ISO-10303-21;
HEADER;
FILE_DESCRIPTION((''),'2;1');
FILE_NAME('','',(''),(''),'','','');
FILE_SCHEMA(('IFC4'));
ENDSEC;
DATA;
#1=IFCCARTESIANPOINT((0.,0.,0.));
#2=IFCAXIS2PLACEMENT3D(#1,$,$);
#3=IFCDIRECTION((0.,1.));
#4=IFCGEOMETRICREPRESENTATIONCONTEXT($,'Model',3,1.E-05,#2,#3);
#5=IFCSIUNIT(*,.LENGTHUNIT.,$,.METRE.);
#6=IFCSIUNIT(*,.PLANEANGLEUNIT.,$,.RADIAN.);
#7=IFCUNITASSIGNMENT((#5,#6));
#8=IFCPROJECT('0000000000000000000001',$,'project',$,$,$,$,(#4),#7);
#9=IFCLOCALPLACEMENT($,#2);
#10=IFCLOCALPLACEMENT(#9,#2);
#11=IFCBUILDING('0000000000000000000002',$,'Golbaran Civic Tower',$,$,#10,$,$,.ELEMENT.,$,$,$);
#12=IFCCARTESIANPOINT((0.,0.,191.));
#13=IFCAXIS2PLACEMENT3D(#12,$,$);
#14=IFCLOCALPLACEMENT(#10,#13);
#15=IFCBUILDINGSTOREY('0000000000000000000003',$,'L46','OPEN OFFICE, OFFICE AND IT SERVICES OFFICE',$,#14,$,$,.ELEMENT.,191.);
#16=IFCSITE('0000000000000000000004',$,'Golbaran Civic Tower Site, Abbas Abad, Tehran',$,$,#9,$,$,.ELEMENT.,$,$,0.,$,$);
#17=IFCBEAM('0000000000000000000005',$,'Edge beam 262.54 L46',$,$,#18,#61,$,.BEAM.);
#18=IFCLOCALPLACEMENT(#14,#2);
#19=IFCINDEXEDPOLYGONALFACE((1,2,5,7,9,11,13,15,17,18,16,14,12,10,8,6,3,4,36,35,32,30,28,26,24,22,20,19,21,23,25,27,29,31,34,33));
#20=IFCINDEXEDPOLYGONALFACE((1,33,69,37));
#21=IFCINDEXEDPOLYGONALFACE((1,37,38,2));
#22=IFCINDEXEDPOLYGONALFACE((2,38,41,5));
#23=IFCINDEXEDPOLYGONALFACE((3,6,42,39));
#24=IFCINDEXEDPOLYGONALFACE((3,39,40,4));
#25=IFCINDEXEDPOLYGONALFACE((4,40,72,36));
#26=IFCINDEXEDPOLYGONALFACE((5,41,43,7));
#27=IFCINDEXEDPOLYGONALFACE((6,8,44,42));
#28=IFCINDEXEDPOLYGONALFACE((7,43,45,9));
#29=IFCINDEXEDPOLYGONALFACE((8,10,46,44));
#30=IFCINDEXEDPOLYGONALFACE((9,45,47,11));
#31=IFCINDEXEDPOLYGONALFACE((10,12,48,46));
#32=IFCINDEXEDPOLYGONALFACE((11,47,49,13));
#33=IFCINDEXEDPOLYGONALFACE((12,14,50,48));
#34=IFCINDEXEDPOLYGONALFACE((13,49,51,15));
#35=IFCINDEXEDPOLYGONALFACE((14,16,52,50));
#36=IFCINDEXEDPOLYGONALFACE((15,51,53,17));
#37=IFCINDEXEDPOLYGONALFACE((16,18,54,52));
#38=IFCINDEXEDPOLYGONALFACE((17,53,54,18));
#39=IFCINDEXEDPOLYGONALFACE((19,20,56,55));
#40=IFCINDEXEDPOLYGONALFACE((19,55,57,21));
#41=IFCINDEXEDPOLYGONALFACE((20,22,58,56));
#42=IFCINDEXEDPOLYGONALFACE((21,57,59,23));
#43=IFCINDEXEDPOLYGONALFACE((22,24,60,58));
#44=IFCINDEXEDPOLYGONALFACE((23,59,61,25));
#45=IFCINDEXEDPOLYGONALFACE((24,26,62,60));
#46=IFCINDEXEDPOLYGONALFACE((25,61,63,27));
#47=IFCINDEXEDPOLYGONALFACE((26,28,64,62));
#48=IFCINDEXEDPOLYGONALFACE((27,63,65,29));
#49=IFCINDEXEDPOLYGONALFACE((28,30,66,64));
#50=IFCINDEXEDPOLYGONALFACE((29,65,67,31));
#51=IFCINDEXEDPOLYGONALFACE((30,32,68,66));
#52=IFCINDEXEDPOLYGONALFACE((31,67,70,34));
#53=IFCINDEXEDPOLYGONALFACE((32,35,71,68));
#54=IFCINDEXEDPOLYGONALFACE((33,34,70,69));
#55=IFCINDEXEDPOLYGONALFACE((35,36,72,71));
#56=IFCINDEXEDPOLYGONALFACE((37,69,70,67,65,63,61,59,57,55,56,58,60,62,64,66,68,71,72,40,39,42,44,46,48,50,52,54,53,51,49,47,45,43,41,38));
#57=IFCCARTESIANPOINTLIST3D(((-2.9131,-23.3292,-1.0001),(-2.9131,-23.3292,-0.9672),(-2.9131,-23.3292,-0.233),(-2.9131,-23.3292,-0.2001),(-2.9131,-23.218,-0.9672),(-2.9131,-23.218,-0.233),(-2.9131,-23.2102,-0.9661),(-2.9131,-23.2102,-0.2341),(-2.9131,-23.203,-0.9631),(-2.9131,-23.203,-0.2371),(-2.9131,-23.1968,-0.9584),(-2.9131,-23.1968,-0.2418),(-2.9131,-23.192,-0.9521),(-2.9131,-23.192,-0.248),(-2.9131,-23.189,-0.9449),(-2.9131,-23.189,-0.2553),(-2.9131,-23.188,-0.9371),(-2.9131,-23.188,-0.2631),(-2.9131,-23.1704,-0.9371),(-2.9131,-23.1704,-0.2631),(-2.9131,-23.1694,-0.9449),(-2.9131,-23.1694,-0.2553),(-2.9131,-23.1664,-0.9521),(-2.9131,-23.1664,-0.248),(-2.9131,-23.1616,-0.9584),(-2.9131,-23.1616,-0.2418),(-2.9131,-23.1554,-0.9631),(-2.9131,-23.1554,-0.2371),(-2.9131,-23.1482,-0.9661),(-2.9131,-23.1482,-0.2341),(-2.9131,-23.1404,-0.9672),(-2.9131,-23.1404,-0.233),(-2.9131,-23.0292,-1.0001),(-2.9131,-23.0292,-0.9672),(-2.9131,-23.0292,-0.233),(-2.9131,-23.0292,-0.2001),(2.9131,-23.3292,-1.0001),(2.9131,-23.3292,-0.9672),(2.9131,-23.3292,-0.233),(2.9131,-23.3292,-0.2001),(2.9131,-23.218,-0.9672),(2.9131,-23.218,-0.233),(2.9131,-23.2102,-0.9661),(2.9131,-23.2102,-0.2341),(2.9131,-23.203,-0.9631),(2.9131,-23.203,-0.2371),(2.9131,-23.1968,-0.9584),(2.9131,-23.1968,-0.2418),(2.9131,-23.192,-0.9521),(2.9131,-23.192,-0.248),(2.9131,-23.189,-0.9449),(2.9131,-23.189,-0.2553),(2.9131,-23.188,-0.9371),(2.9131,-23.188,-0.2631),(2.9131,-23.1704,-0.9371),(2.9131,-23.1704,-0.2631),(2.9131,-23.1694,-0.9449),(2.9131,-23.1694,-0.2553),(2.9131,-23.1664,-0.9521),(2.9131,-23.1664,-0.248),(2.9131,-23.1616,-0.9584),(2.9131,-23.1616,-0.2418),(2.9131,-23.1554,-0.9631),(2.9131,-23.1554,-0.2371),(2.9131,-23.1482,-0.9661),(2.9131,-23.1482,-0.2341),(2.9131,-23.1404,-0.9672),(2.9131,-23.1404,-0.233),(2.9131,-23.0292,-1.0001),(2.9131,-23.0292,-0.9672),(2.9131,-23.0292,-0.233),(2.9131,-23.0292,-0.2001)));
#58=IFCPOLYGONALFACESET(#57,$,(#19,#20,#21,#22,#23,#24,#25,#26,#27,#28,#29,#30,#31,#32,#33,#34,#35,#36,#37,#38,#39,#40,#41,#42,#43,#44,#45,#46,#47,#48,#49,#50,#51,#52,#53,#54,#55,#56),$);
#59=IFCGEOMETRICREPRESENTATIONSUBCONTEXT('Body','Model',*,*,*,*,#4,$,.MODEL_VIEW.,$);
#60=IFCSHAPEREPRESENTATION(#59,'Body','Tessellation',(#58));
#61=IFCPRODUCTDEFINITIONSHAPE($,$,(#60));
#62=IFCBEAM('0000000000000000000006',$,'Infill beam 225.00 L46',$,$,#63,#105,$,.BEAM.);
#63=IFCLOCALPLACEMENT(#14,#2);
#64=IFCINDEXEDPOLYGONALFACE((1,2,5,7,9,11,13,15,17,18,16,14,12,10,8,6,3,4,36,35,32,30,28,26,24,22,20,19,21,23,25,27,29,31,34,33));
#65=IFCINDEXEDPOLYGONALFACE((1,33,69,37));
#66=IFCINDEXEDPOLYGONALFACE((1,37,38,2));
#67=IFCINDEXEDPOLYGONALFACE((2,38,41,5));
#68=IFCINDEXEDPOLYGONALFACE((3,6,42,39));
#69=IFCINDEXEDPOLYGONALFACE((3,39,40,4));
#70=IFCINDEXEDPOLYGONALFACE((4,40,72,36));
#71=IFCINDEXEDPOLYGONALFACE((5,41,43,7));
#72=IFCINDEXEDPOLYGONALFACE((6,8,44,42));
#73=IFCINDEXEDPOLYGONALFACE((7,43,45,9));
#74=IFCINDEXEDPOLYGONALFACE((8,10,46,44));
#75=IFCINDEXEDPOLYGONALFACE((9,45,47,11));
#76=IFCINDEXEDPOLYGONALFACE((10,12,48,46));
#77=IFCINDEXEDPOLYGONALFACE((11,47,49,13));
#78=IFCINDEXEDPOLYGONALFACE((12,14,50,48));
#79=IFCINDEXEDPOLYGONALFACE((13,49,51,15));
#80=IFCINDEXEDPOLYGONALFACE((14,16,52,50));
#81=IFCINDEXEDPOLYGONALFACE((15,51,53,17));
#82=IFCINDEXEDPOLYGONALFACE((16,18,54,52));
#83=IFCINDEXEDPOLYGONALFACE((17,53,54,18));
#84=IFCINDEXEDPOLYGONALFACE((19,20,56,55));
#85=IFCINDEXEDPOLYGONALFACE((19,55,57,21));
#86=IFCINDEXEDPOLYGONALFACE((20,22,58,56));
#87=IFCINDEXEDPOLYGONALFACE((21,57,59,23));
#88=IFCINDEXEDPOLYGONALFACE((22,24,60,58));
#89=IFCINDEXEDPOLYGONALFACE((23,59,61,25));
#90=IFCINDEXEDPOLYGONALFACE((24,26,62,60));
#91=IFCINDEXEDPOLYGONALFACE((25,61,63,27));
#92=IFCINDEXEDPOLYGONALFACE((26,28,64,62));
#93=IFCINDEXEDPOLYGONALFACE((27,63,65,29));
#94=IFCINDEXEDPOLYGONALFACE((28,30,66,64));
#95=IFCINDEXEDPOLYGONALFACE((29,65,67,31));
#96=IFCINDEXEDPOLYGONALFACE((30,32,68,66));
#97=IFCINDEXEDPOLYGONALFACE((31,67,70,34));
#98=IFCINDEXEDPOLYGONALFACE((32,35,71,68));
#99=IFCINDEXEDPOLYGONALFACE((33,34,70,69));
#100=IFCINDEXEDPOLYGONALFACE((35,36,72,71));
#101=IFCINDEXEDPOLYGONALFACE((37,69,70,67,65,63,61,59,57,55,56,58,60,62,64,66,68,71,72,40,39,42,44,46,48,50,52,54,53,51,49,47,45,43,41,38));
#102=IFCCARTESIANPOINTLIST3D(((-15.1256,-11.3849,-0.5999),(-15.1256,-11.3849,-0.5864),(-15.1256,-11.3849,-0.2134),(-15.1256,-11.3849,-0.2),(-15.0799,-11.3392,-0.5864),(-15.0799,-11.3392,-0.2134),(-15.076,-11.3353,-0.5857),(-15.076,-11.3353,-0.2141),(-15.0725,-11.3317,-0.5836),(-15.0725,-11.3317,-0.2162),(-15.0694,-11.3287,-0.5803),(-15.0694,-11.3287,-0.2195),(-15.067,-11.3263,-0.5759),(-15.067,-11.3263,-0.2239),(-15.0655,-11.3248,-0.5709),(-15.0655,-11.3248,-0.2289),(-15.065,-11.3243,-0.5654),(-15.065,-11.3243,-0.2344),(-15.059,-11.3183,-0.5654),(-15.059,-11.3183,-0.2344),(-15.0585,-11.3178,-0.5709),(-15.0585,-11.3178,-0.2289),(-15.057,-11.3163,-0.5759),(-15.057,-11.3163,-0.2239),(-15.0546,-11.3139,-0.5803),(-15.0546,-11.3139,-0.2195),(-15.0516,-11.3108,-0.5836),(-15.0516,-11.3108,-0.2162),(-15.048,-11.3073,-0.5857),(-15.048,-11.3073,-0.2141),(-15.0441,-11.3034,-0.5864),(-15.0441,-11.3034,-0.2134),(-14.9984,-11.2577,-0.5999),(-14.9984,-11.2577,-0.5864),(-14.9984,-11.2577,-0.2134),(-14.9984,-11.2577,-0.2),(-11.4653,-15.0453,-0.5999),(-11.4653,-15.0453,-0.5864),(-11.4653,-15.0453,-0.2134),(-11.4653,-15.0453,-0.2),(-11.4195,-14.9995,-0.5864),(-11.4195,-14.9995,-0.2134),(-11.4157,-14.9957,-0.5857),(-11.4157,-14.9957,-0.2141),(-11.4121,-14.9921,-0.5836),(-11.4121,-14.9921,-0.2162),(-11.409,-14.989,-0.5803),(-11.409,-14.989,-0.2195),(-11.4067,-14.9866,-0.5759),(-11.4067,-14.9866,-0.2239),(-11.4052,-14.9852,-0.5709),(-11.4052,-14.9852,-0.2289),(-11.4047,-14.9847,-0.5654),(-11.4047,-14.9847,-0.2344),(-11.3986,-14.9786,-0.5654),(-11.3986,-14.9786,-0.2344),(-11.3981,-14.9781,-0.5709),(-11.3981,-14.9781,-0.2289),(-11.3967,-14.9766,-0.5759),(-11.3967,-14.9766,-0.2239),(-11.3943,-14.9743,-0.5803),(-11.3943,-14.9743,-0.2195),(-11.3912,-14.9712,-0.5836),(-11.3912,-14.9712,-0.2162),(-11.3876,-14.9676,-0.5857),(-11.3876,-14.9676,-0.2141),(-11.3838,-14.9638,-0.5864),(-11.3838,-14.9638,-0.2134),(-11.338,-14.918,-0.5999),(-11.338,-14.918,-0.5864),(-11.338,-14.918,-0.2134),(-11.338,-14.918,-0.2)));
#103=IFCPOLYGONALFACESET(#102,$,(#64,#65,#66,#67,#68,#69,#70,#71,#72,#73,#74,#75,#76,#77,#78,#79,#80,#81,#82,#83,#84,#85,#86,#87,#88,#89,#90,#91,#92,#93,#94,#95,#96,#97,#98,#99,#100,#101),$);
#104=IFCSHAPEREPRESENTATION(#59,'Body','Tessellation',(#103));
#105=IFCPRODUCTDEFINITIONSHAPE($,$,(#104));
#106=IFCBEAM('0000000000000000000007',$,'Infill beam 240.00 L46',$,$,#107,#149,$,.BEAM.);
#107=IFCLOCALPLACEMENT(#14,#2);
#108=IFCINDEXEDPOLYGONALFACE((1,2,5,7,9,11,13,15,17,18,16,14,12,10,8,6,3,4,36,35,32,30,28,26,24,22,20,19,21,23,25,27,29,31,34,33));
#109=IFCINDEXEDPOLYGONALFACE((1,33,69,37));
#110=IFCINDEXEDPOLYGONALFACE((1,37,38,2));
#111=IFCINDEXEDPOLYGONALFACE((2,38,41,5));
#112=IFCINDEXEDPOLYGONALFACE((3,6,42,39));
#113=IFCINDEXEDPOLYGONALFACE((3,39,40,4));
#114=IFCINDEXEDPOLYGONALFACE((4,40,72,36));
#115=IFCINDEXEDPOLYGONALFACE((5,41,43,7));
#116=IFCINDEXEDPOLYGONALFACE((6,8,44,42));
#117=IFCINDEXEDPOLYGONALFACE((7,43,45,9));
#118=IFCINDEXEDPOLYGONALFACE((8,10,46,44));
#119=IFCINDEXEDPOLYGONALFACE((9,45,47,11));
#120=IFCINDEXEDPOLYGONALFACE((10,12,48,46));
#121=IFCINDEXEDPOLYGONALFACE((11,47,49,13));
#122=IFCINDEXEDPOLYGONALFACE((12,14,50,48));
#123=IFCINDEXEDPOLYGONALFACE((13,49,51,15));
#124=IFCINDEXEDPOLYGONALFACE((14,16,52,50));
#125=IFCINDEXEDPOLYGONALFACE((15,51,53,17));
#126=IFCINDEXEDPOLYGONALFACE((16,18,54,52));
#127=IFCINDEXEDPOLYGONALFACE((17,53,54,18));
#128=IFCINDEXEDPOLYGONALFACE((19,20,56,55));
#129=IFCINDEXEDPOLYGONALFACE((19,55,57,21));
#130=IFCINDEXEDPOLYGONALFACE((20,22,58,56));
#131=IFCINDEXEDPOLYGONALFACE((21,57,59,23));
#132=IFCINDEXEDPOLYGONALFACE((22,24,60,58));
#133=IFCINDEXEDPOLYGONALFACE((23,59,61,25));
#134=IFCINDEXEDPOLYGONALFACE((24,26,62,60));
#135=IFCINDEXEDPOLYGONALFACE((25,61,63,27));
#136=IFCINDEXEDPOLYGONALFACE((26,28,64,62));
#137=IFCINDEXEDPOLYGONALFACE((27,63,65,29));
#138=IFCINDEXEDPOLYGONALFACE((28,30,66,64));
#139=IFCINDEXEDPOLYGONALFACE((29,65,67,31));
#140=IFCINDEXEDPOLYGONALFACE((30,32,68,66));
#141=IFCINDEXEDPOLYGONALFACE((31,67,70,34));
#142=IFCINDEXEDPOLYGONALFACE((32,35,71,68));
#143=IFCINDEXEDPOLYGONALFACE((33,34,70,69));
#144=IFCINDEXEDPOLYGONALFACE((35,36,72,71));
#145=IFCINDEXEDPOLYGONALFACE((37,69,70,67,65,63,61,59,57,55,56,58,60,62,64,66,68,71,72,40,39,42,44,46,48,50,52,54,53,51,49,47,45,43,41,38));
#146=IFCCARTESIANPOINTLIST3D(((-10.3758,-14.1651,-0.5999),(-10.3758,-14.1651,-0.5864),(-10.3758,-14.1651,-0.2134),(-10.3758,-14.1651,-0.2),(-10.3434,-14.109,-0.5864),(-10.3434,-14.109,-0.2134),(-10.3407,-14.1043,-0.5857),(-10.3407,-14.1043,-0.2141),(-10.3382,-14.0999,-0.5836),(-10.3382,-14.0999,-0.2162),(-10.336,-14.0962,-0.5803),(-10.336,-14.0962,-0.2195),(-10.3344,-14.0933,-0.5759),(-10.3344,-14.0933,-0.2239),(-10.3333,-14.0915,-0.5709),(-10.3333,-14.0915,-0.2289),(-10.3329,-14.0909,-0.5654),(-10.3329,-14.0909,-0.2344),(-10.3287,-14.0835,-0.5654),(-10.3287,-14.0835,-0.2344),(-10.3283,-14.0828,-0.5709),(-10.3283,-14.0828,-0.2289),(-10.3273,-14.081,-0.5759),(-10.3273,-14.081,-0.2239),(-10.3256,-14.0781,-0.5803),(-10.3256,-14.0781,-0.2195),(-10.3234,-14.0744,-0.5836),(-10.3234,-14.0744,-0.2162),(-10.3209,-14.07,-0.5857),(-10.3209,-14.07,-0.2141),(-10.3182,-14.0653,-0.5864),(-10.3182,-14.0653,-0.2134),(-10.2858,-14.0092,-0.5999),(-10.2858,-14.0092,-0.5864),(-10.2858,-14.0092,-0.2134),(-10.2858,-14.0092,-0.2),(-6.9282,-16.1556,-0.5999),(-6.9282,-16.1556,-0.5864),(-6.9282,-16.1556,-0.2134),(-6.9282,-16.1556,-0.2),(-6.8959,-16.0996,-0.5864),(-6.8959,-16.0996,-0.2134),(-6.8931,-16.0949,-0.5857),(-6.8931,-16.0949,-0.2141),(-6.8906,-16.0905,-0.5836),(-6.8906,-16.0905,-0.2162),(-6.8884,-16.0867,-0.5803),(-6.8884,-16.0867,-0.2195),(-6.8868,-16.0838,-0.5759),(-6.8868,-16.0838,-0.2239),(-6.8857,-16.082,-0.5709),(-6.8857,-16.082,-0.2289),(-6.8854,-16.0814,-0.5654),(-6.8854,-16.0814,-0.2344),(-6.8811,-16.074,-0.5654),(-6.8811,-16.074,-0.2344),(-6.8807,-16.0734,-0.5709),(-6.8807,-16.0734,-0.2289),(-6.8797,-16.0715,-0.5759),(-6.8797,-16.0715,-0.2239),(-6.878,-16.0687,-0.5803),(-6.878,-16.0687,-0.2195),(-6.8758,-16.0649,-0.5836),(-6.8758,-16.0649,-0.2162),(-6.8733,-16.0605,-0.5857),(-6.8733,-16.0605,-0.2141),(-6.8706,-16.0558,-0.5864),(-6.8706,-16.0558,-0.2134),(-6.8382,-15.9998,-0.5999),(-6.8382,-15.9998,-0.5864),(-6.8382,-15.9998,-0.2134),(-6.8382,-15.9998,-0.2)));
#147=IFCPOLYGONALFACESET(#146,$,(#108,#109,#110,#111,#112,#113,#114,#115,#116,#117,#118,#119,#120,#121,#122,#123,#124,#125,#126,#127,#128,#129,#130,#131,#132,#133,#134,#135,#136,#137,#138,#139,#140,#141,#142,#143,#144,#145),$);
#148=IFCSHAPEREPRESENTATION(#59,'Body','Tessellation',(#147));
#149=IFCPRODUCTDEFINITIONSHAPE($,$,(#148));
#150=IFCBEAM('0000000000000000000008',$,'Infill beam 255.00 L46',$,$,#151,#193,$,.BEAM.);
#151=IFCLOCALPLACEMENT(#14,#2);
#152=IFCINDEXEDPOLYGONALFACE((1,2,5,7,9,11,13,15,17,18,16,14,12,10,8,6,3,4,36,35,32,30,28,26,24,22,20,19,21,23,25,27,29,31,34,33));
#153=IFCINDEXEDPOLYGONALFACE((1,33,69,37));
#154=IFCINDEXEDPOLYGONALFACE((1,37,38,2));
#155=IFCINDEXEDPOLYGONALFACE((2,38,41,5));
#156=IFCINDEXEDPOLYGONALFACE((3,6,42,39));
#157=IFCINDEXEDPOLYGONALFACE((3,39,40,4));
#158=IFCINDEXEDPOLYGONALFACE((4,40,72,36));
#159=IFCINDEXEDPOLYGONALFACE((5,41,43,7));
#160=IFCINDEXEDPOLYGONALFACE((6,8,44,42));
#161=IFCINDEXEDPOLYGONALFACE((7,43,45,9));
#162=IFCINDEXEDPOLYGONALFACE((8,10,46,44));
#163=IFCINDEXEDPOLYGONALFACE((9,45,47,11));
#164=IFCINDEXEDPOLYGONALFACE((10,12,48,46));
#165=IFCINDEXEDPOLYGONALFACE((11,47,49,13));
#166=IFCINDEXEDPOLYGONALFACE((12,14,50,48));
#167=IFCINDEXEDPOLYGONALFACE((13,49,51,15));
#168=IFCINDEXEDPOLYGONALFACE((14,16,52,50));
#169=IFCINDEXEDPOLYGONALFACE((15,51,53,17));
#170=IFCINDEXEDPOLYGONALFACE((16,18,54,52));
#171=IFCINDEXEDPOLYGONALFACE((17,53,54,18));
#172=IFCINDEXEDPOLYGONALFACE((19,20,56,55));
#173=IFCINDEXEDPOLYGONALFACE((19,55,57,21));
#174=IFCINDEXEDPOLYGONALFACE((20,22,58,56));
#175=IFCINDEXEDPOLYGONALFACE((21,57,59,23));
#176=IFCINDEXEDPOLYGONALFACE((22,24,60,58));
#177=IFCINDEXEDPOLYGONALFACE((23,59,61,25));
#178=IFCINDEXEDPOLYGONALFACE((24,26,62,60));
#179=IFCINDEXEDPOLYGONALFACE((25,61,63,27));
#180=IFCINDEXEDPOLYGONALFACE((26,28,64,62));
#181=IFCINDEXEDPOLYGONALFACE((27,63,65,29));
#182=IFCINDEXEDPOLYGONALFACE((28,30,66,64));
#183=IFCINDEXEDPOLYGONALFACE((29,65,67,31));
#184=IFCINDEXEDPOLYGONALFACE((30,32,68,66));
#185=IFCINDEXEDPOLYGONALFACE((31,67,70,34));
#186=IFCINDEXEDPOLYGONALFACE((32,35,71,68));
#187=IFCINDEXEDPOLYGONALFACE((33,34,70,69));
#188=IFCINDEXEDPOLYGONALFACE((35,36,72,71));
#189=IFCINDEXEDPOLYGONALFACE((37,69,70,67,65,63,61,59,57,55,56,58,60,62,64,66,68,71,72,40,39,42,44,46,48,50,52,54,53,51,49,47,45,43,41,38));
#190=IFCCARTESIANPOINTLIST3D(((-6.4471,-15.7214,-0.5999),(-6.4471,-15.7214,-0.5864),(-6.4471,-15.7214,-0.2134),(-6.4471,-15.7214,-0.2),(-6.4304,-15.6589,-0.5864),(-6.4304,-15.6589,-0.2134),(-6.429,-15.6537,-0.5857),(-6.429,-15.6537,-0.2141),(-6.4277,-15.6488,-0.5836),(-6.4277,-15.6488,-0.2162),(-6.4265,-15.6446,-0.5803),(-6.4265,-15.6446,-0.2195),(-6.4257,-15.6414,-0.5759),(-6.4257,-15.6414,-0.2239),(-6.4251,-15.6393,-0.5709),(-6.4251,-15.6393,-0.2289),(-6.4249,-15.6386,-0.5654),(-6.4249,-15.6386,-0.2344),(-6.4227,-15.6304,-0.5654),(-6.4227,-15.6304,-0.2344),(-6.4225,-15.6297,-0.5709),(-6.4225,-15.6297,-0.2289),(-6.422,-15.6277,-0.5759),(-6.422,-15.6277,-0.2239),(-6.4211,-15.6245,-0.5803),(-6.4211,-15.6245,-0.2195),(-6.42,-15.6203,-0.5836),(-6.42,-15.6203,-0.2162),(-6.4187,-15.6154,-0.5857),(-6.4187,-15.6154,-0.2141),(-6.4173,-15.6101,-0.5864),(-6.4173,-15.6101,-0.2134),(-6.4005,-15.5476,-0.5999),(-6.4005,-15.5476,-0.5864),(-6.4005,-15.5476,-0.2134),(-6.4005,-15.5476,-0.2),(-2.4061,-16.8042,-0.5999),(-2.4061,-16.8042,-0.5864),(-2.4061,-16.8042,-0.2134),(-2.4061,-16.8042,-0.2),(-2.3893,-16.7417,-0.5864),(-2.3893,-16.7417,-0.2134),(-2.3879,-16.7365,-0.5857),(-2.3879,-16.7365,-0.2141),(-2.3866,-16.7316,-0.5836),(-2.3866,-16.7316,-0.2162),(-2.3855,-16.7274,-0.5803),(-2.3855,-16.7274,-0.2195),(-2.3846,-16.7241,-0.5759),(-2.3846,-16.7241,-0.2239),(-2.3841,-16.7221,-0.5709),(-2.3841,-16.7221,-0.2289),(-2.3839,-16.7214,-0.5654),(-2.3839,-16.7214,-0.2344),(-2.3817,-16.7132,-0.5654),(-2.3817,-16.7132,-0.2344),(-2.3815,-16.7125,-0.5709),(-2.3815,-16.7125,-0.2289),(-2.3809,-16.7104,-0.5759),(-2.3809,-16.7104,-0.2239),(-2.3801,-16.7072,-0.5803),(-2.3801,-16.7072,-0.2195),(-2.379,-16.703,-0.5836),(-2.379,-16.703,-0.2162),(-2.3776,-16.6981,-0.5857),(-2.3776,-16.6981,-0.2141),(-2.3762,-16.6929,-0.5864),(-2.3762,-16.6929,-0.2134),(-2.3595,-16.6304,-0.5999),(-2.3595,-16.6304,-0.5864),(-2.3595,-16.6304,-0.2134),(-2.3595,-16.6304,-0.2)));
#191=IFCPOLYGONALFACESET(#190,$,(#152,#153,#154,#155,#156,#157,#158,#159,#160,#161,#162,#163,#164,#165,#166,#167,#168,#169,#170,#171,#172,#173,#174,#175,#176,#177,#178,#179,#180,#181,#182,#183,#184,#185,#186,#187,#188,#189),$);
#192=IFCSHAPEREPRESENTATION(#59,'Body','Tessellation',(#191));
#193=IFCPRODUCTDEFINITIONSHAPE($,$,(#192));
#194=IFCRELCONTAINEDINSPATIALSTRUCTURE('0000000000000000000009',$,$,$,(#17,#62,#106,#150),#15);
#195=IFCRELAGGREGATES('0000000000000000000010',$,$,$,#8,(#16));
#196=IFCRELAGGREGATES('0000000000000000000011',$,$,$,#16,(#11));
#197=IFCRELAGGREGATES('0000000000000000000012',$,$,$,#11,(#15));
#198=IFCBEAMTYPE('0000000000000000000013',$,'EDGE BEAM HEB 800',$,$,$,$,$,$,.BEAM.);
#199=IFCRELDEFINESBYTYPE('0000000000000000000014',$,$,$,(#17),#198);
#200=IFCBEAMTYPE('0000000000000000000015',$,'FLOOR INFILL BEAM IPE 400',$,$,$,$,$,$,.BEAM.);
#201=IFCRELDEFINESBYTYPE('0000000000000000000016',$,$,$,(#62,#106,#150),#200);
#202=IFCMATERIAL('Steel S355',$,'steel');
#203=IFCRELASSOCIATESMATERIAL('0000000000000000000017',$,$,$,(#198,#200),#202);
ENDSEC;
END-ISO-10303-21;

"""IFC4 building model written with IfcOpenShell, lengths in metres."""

from ifc_helpers import new_model, si_unit, direction, frame, origin, origin_2d, place, context, subcontext, project, spatial, i_section, extrude, material, material_profile, profile_set, type_object, element, save


model = new_model("IFC4")

# Units and contexts
model_context = context("Model", 3, precision=1e-05, world=origin(), true_north=direction((0.0, 1.0)))
body_context = subcontext(model_context, "Body", "Model", "MODEL_VIEW")
ifc_project = project(units=[si_unit("LENGTHUNIT", "METRE"), si_unit("PLANEANGLEUNIT", "RADIAN")], contexts=[model_context])

# Site, building, storey
site_placement = place(None, origin())
site = spatial("IfcSite", under=ifc_project, at=site_placement, Name="Golbaran Civic Tower Site, Abbas Abad, Tehran", CompositionType="ELEMENT", RefElevation=0.0)
building_placement = place(site_placement, origin())
building = spatial("IfcBuilding", under=site, at=building_placement, Name="Golbaran Civic Tower", CompositionType="ELEMENT")
storey_placement = place(building_placement, frame((0.0, 0.0, 191.0)))
storey = spatial("IfcBuildingStorey", under=building, at=storey_placement, Name="L46", Description="OPEN OFFICE, OFFICE AND IT SERVICES OFFICE", CompositionType="ELEMENT", Elevation=191.0)

# Beams
ifc_material_1 = material(Name="Steel S355", Category="steel")
ifc_material_profile_1 = material_profile(ifc_material_1, i_section(OverallWidth=0.3, OverallDepth=0.8, WebThickness=0.0176, FlangeThickness=0.033, FilletRadius=0.03, at=origin_2d()), Name="HEB 800")
ifc_profile_set_1 = profile_set([ifc_material_profile_1], Name="Steel S355")
beam_type_1 = type_object("IfcBeamType", Name="EDGE BEAM HEB 800", PredefinedType="BEAM", material=ifc_profile_set_1)
beam_1_placement = place(storey_placement, frame((-2.9131, -23.1792, -0.6001), z_axis=(1.0, 0.0, 0.0), x_axis=(0.0, 1.0, 0.0)))
element("IfcBeam", 1, at=beam_1_placement, inside=storey, type_object=beam_type_1, Name="Edge beam 262.54 L46", PredefinedType="BEAM", context=body_context, shape_type="SweptSolid", body=[
    extrude(i_section(OverallWidth=0.3, OverallDepth=0.8, WebThickness=0.0176, FlangeThickness=0.033, FilletRadius=0.03, at=origin_2d()), origin(), (0.0, 0.0, 1.0), 5.8262),
])
ifc_material_profile_2 = material_profile(ifc_material_1, i_section(OverallWidth=0.1799, OverallDepth=0.3999, WebThickness=0.0085, FlangeThickness=0.0134, FilletRadius=0.021, at=origin_2d()), Name="IPE 400")
ifc_profile_set_2 = profile_set([ifc_material_profile_2], Name="Steel S355")
beam_type_2 = type_object("IfcBeamType", Name="FLOOR INFILL BEAM IPE 400", PredefinedType="BEAM", material=ifc_profile_set_2)
beam_2_placement = place(storey_placement, frame((-15.062, -11.3213, -0.3999), z_axis=(0.707107, -0.707107, 0.0), x_axis=(0.707107, 0.707107, 0.0)))
element("IfcBeam", 2, at=beam_2_placement, inside=storey, type_object=beam_type_2, Name="Infill beam 225.00 L46", PredefinedType="BEAM", context=body_context, shape_type="SweptSolid", body=[
    extrude(i_section(OverallWidth=0.1799, OverallDepth=0.3999, WebThickness=0.0085, FlangeThickness=0.0134, FilletRadius=0.021, at=origin_2d()), origin(), (0.0, 0.0, 1.0), 5.1765),
])
beam_3_placement = place(storey_placement, frame((-10.3308, -14.0872, -0.3999), z_axis=(0.866019, -0.500011, 0.0), x_axis=(0.500011, 0.866019, 0.0)))
element("IfcBeam", 3, at=beam_3_placement, inside=storey, type_object=beam_type_2, Name="Infill beam 240.00 L46", PredefinedType="BEAM", context=body_context, shape_type="SweptSolid", body=[
    extrude(i_section(OverallWidth=0.1799, OverallDepth=0.3999, WebThickness=0.0085, FlangeThickness=0.0134, FilletRadius=0.021, at=origin_2d()), origin(), (0.0, 0.0, 1.0), 3.981),
])
beam_4_placement = place(storey_placement, frame((-6.4238, -15.6345, -0.3999), z_axis=(0.965927, -0.258814, 0.0), x_axis=(0.258814, 0.965927, 0.0)))
element("IfcBeam", 4, at=beam_4_placement, inside=storey, type_object=beam_type_2, Name="Infill beam 255.00 L46", PredefinedType="BEAM", context=body_context, shape_type="SweptSolid", body=[
    extrude(i_section(OverallWidth=0.1799, OverallDepth=0.3999, WebThickness=0.0085, FlangeThickness=0.0134, FilletRadius=0.021, at=origin_2d()), origin(), (0.0, 0.0, 1.0), 4.1836),
])

save(model, "model.ifc")
